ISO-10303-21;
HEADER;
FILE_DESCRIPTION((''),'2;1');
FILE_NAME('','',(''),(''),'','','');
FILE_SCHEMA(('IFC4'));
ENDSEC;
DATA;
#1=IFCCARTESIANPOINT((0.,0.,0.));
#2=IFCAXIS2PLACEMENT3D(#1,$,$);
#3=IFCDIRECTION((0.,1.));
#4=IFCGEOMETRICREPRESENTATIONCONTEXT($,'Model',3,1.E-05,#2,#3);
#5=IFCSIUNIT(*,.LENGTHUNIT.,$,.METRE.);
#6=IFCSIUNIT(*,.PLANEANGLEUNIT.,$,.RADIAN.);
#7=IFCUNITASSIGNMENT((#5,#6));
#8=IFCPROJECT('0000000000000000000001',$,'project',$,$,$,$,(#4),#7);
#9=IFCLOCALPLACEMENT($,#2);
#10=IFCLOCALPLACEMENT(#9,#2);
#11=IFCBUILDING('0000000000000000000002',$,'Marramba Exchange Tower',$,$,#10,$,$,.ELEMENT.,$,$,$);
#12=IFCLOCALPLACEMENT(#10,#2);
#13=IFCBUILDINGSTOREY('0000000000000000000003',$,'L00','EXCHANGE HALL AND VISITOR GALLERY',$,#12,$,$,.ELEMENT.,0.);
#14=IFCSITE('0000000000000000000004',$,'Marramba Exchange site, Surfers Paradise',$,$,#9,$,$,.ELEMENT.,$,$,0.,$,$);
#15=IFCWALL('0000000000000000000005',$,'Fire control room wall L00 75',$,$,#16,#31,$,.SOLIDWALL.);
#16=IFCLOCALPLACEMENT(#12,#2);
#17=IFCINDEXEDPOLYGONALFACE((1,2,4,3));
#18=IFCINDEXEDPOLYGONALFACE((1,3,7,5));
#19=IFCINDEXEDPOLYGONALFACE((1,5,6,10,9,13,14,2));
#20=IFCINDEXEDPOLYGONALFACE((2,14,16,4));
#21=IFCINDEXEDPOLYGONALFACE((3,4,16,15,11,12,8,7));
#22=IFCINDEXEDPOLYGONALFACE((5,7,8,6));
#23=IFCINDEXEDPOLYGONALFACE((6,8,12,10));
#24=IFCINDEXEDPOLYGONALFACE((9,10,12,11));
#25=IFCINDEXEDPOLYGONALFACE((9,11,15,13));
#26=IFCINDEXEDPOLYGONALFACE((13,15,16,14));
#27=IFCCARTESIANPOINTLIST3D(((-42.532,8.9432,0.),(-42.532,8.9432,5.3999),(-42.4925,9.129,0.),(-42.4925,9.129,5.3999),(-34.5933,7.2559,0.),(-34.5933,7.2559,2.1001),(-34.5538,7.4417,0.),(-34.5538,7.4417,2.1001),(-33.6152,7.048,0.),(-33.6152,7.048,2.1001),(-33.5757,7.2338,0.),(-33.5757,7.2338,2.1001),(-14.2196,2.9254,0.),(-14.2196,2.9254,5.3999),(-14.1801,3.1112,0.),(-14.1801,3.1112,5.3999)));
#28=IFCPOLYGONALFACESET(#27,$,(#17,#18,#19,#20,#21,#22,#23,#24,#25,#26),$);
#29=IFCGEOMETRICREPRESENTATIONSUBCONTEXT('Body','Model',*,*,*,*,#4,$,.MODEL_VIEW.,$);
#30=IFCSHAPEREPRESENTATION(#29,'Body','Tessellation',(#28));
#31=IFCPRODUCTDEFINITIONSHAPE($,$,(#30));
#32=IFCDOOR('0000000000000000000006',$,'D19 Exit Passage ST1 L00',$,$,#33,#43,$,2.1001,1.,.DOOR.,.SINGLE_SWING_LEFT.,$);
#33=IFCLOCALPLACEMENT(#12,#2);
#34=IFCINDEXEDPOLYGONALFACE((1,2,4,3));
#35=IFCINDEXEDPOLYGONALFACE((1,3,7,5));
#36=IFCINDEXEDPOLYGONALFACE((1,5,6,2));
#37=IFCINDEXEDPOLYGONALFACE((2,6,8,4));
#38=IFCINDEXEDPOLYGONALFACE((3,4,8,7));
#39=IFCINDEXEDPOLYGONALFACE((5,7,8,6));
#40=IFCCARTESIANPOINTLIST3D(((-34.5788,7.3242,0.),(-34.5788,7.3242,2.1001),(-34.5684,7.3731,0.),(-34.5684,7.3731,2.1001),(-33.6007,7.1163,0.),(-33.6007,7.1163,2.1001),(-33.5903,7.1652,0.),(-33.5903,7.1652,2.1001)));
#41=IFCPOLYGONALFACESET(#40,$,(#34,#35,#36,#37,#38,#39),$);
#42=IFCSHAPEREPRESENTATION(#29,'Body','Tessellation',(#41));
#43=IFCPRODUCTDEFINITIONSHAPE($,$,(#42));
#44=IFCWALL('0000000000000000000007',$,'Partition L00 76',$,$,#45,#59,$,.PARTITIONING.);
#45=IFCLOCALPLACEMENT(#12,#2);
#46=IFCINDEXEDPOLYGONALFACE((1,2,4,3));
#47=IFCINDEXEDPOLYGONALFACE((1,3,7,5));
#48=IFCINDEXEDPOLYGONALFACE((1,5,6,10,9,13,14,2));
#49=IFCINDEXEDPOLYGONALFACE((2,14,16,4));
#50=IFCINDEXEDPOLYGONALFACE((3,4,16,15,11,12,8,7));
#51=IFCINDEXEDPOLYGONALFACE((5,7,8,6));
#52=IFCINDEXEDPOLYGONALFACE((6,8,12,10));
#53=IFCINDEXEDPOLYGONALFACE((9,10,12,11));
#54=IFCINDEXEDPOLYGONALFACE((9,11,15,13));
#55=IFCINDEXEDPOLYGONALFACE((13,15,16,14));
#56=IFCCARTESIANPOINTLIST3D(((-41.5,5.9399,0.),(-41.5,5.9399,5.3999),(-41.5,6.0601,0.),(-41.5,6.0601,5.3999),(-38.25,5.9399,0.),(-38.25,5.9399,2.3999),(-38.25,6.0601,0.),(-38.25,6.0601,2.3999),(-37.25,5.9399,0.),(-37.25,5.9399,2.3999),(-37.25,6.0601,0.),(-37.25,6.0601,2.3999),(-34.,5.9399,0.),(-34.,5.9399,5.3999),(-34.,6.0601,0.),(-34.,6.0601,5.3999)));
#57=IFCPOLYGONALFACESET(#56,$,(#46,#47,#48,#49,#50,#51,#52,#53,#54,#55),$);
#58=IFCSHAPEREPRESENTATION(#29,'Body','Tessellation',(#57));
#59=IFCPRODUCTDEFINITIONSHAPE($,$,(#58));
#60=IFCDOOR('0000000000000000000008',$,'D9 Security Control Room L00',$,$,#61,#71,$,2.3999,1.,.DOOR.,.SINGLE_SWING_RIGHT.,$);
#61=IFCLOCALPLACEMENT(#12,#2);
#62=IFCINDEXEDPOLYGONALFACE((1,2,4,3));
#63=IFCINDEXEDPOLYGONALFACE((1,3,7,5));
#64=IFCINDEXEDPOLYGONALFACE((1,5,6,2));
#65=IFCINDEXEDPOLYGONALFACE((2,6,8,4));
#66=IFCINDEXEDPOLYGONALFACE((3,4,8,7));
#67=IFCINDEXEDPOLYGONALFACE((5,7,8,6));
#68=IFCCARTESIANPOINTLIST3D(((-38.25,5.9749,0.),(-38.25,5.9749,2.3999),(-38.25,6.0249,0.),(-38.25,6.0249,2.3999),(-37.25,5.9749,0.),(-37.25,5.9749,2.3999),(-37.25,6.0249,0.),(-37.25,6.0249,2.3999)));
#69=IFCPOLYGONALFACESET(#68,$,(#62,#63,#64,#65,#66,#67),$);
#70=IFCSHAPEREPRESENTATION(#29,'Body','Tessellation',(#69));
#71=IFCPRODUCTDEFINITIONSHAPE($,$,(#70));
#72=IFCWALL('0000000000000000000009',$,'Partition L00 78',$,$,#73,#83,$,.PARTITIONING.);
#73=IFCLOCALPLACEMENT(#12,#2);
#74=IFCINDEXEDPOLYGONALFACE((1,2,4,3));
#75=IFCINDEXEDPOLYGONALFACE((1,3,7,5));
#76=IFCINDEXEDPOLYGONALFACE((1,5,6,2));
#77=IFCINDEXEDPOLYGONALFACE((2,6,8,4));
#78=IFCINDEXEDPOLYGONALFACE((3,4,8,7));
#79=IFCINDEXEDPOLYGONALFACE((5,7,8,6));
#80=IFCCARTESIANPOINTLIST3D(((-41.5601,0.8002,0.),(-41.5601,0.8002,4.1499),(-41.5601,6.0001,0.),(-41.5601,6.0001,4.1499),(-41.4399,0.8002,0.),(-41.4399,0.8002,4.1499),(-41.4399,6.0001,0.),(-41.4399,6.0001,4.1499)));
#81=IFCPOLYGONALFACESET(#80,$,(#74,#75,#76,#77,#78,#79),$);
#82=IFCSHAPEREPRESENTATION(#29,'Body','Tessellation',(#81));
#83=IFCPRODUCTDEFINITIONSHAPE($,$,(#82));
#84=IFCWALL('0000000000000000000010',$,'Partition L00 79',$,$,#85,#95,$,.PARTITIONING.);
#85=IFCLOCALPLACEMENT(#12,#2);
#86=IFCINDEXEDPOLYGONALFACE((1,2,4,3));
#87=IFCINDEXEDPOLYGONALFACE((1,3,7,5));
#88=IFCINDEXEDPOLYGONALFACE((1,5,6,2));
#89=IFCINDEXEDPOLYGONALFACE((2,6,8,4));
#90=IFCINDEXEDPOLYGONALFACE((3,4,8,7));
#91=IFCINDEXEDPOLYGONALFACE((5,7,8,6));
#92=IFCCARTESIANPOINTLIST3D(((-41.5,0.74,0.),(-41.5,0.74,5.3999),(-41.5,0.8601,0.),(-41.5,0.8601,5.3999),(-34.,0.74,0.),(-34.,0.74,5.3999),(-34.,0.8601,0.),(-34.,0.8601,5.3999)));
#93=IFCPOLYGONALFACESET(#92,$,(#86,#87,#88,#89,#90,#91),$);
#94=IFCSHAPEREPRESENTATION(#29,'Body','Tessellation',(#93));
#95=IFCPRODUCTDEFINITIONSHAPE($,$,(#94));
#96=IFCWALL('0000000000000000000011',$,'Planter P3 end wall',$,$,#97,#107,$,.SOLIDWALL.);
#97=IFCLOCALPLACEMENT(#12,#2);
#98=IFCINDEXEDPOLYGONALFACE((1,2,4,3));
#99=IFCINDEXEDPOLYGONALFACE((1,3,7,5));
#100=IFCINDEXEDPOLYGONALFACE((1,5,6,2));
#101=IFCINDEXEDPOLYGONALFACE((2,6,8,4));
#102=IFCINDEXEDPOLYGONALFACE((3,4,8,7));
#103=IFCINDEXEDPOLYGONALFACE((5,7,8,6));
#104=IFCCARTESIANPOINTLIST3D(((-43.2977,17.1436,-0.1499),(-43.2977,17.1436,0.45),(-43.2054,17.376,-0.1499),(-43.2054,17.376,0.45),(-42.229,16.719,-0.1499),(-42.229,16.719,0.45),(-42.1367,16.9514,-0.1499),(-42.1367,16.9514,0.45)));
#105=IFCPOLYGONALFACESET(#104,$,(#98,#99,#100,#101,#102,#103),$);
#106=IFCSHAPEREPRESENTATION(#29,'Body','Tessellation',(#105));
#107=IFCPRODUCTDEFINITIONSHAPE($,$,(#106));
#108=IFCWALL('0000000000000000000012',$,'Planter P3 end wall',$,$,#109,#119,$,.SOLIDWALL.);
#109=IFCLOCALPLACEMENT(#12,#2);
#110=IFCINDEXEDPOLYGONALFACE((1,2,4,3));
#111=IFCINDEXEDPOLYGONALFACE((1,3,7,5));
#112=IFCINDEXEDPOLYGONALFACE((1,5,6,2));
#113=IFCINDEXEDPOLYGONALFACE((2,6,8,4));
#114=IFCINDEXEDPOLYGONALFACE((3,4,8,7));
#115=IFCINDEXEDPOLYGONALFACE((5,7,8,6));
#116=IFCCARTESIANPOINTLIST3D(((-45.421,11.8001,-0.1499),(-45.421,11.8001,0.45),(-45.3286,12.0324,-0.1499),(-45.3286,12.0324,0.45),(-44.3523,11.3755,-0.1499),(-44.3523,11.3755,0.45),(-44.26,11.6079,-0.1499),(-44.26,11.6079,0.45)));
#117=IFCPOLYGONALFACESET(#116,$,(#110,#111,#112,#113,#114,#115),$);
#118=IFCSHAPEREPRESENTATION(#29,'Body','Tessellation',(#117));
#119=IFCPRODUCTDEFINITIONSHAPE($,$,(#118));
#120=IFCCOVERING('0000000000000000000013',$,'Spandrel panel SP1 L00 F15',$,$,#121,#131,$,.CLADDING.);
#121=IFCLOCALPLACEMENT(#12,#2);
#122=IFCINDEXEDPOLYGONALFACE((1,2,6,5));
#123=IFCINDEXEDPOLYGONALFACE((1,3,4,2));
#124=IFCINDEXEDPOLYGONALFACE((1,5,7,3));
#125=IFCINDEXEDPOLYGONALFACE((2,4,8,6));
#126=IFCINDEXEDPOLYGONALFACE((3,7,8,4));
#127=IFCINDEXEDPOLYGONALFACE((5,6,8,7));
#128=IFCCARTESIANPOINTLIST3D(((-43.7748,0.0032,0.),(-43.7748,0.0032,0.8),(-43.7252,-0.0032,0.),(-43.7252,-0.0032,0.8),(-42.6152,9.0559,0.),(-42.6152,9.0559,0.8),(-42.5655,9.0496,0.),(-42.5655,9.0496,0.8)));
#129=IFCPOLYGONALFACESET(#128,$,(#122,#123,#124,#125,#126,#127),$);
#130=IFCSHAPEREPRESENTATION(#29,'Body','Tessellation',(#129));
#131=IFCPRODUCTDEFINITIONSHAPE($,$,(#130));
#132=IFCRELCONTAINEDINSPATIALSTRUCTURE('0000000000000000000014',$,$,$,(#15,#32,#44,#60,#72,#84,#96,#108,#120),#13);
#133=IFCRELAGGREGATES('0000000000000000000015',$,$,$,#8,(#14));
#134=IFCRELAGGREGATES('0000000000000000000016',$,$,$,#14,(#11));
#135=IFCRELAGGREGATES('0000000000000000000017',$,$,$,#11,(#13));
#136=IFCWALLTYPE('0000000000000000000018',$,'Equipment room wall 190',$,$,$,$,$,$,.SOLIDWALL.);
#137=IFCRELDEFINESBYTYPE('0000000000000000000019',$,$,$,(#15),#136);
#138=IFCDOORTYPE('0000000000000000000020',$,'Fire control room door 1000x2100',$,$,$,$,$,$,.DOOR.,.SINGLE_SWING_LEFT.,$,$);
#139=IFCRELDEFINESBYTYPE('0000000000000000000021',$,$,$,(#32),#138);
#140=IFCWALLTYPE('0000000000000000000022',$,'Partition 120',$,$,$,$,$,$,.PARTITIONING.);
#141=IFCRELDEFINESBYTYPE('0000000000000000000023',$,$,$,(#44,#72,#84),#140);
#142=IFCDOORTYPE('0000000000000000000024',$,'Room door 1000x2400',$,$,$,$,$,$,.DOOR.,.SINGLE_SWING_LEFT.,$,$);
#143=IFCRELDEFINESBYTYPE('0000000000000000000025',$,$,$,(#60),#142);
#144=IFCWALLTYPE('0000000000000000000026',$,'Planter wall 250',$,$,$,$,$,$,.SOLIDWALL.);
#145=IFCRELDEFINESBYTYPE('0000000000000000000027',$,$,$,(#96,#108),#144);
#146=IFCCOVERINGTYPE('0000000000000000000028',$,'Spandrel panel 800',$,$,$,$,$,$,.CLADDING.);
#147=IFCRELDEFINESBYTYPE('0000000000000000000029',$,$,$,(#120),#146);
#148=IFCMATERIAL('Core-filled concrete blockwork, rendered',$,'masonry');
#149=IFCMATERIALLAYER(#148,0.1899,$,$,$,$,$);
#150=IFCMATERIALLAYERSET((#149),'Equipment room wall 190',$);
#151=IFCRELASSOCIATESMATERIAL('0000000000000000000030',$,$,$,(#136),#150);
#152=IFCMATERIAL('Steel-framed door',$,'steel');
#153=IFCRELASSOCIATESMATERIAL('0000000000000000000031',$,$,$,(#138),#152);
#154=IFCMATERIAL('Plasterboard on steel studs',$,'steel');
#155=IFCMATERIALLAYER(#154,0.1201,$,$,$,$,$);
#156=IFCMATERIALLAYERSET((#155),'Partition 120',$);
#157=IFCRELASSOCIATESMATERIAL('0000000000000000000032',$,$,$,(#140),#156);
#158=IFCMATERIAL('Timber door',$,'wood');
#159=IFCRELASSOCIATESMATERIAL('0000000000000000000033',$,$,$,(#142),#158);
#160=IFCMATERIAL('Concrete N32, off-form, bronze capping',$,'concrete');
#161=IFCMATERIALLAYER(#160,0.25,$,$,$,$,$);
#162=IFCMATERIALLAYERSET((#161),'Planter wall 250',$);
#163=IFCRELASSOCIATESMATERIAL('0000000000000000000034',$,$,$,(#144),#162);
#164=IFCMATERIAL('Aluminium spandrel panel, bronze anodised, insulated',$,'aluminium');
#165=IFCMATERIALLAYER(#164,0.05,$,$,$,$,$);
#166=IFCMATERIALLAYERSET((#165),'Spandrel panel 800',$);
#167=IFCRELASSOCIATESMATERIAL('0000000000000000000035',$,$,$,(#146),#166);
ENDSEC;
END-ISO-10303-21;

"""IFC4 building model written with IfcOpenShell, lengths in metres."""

from ifc_helpers import new_model, si_unit, direction, frame, frame_2d, origin, origin_2d, place, context, subcontext, project, spatial, rectangle, extrude, material, layer, layer_set, type_object, element, fill, save


model = new_model("IFC4")

# Units and contexts
model_context = context("Model", 3, precision=1e-05, world=origin(), true_north=direction((0.0, 1.0)))
body_context = subcontext(model_context, "Body", "Model", "MODEL_VIEW")
ifc_project = project(units=[si_unit("LENGTHUNIT", "METRE"), si_unit("PLANEANGLEUNIT", "RADIAN")], contexts=[model_context])

# Site, building, storey
site_placement = place(None, origin())
site = spatial("IfcSite", under=ifc_project, at=site_placement, Name="Marramba Exchange site, Surfers Paradise", CompositionType="ELEMENT", RefElevation=0.0)
building_placement = place(site_placement, origin())
building = spatial("IfcBuilding", under=site, at=building_placement, Name="Marramba Exchange Tower", CompositionType="ELEMENT")
storey_placement = place(building_placement, origin())
storey = spatial("IfcBuildingStorey", under=building, at=storey_placement, Name="L00", Description="EXCHANGE HALL AND VISITOR GALLERY", CompositionType="ELEMENT", Elevation=0.0)

# Walls, openings, doors
ifc_material_1 = material(Name="Core-filled concrete blockwork, rendered", Category="masonry")
ifc_layer_1 = layer(ifc_material_1, 0.1899)
ifc_layer_set_1 = layer_set([ifc_layer_1], Name="Equipment room wall 190")
wall_type_1 = type_object("IfcWallType", Name="Equipment room wall 190", PredefinedType="SOLIDWALL", material=ifc_layer_set_1)
wall_1_placement = place(storey_placement, frame((-42.5122, 9.0361, 0.0), z_axis=(0.0, 0.0, 1.0), x_axis=(0.978149, -0.207907, 0.0)))
wall_1 = element("IfcWall", 1, at=wall_1_placement, inside=storey, type_object=wall_type_1, Name="Fire control room wall L00 75", PredefinedType="SOLIDWALL", context=body_context, shape_type="SweptSolid", body=[
    extrude(rectangle(XDim=28.9448, YDim=0.1899, at=frame_2d((14.4724, 0.0))), origin(), (0.0, 0.0, 1.0), 5.3999),
])
opening_1_placement = place(wall_1_placement, frame((8.116, 0.0, 0.0)))
opening_1 = element("IfcOpeningElement", 2, at=opening_1_placement, cuts=wall_1, PredefinedType="OPENING", context=body_context, shape_type="SweptSolid", body=[
    extrude(rectangle(XDim=1.0, YDim=2.1001, at=frame_2d((0.5, 1.05))), frame((0.0, 0.105, 0.0), z_axis=(0.0, -1.0, 0.0), x_axis=(1.0, 0.0, 0.0)), (0.0, 0.0, 1.0), 0.21),
])
ifc_material_2 = material(Name="Steel-framed door", Category="steel")
door_type_1 = type_object("IfcDoorType", Name="Fire control room door 1000x2100", OperationType="SINGLE_SWING_LEFT", PredefinedType="DOOR", material=ifc_material_2)
door_1_placement = place(opening_1_placement, origin())
door_1 = element("IfcDoor", 3, at=door_1_placement, inside=storey, type_object=door_type_1, Name="D19 Exit Passage ST1 L00", OperationType="SINGLE_SWING_LEFT", OverallHeight=2.1001, OverallWidth=1.0, PredefinedType="DOOR", context=body_context, shape_type="SweptSolid", body=[
    extrude(rectangle(XDim=1.0, YDim=2.1001, at=frame_2d((0.5, 1.05))), frame((0.0, 0.0249, 0.0), z_axis=(0.0, -1.0, 0.0), x_axis=(1.0, 0.0, 0.0)), (0.0, 0.0, 1.0), 0.05),
])
fill(opening_1, door_1)
ifc_material_3 = material(Name="Plasterboard on steel studs", Category="steel")
ifc_layer_2 = layer(ifc_material_3, 0.1201)
ifc_layer_set_2 = layer_set([ifc_layer_2], Name="Partition 120")
wall_type_2 = type_object("IfcWallType", Name="Partition 120", PredefinedType="PARTITIONING", material=ifc_layer_set_2)
wall_2_placement = place(storey_placement, frame((-41.5, 6.0, 0.0), z_axis=(0.0, 0.0, 1.0), x_axis=(1.0, 0.0, 0.0)))
wall_2 = element("IfcWall", 4, at=wall_2_placement, inside=storey, type_object=wall_type_2, Name="Partition L00 76", PredefinedType="PARTITIONING", context=body_context, shape_type="SweptSolid", body=[
    extrude(rectangle(XDim=7.5, YDim=0.1201, at=frame_2d((3.75, 0.0))), origin(), (0.0, 0.0, 1.0), 5.3999),
])
opening_2_placement = place(wall_2_placement, frame((3.25, 0.0, 0.0)))
opening_2 = element("IfcOpeningElement", 5, at=opening_2_placement, cuts=wall_2, PredefinedType="OPENING", context=body_context, shape_type="SweptSolid", body=[
    extrude(rectangle(XDim=1.0, YDim=2.3999, at=frame_2d((0.5, 1.2))), frame((0.0, 0.0701, 0.0), z_axis=(0.0, -1.0, 0.0), x_axis=(1.0, 0.0, 0.0)), (0.0, 0.0, 1.0), 0.1401),
])
ifc_material_4 = material(Name="Timber door", Category="wood")
door_type_2 = type_object("IfcDoorType", Name="Room door 1000x2400", OperationType="SINGLE_SWING_LEFT", PredefinedType="DOOR", material=ifc_material_4)
door_2_placement = place(opening_2_placement, frame((1.0, 0.0, 0.0), z_axis=(0.0, 0.0, 1.0), x_axis=(-1.0, 0.0, 0.0)))
door_2 = element("IfcDoor", 6, at=door_2_placement, inside=storey, type_object=door_type_2, Name="D9 Security Control Room L00", OperationType="SINGLE_SWING_RIGHT", OverallHeight=2.3999, OverallWidth=1.0, PredefinedType="DOOR", context=body_context, shape_type="SweptSolid", body=[
    extrude(rectangle(XDim=1.0, YDim=2.3999, at=frame_2d((0.5, 1.2))), frame((0.0, 0.0251, 0.0), z_axis=(0.0, -1.0, 0.0), x_axis=(1.0, 0.0, 0.0)), (0.0, 0.0, 1.0), 0.05),
])
fill(opening_2, door_2)

# Walls
wall_3_placement = place(storey_placement, frame((-41.5, 0.8, 0.0), z_axis=(0.0, 0.0, 1.0), x_axis=(0.0, 1.0, 0.0)))
element("IfcWall", 7, at=wall_3_placement, inside=storey, type_object=wall_type_2, Name="Partition L00 78", PredefinedType="PARTITIONING", context=body_context, shape_type="SweptSolid", body=[
    extrude(rectangle(XDim=5.2, YDim=0.1201, at=frame_2d((2.6001, 0.0))), origin(), (0.0, 0.0, 1.0), 4.1499),
])
wall_4_placement = place(storey_placement, frame((-34.0, 0.8, 0.0), z_axis=(0.0, 0.0, 1.0), x_axis=(-1.0, 0.0, 0.0)))
element("IfcWall", 8, at=wall_4_placement, inside=storey, type_object=wall_type_2, Name="Partition L00 79", PredefinedType="PARTITIONING", context=body_context, shape_type="SweptSolid", body=[
    extrude(rectangle(XDim=7.5, YDim=0.1201, at=frame_2d((3.75, 0.0))), origin(), (0.0, 0.0, 1.0), 5.3999),
])
ifc_material_5 = material(Name="Concrete N32, off-form, bronze capping", Category="concrete")
ifc_layer_3 = layer(ifc_material_5, 0.25)
ifc_layer_set_3 = layer_set([ifc_layer_3], Name="Planter wall 250")
wall_type_3 = type_object("IfcWallType", Name="Planter wall 250", PredefinedType="SOLIDWALL", material=ifc_layer_set_3)
for number, where, z_axis, x_axis, name in (
    (9, (-42.1829, 16.8352, -0.1499), (0.0, 0.0, 1.0), (-0.929338, 0.36923, 0.0), "Planter P3 end wall"),
    (10, (-44.3062, 11.4917, -0.1499), (0.0, 0.0, 1.0), (-0.929338, 0.36923, 0.0), "Planter P3 end wall"),
):
    element("IfcWall", number, at=place(storey_placement, frame(where, z_axis=z_axis, x_axis=x_axis)), inside=storey, type_object=wall_type_3, Name=name, PredefinedType="SOLIDWALL", context=body_context, shape_type="SweptSolid", body=[
        extrude(rectangle(XDim=1.1499, YDim=0.25, at=frame_2d((0.575, 0.0))), origin(), (0.0, 0.0, 1.0), 0.5999),
    ])

# Covering
ifc_material_6 = material(Name="Aluminium spandrel panel, bronze anodised, insulated", Category="aluminium")
ifc_layer_4 = layer(ifc_material_6, 0.05)
ifc_layer_set_4 = layer_set([ifc_layer_4], Name="Spandrel panel 800")
covering_type = type_object("IfcCoveringType", Name="Spandrel panel 800", PredefinedType="CLADDING", material=ifc_layer_set_4)
covering_placement = place(storey_placement, frame((-43.1702, 4.5264, 0.0), z_axis=(0.0, 0.0, 1.0), x_axis=(-0.127061, -0.991895, 0.0)))
element("IfcCovering", 11, at=covering_placement, inside=storey, type_object=covering_type, Name="Spandrel panel SP1 L00 F15", PredefinedType="CLADDING", context=body_context, shape_type="SweptSolid", body=[
    extrude(rectangle(XDim=9.1267, YDim=0.05, at=origin_2d()), origin(), (0.0, 0.0, 1.0), 0.8),
])

save(model, "model.ifc")
